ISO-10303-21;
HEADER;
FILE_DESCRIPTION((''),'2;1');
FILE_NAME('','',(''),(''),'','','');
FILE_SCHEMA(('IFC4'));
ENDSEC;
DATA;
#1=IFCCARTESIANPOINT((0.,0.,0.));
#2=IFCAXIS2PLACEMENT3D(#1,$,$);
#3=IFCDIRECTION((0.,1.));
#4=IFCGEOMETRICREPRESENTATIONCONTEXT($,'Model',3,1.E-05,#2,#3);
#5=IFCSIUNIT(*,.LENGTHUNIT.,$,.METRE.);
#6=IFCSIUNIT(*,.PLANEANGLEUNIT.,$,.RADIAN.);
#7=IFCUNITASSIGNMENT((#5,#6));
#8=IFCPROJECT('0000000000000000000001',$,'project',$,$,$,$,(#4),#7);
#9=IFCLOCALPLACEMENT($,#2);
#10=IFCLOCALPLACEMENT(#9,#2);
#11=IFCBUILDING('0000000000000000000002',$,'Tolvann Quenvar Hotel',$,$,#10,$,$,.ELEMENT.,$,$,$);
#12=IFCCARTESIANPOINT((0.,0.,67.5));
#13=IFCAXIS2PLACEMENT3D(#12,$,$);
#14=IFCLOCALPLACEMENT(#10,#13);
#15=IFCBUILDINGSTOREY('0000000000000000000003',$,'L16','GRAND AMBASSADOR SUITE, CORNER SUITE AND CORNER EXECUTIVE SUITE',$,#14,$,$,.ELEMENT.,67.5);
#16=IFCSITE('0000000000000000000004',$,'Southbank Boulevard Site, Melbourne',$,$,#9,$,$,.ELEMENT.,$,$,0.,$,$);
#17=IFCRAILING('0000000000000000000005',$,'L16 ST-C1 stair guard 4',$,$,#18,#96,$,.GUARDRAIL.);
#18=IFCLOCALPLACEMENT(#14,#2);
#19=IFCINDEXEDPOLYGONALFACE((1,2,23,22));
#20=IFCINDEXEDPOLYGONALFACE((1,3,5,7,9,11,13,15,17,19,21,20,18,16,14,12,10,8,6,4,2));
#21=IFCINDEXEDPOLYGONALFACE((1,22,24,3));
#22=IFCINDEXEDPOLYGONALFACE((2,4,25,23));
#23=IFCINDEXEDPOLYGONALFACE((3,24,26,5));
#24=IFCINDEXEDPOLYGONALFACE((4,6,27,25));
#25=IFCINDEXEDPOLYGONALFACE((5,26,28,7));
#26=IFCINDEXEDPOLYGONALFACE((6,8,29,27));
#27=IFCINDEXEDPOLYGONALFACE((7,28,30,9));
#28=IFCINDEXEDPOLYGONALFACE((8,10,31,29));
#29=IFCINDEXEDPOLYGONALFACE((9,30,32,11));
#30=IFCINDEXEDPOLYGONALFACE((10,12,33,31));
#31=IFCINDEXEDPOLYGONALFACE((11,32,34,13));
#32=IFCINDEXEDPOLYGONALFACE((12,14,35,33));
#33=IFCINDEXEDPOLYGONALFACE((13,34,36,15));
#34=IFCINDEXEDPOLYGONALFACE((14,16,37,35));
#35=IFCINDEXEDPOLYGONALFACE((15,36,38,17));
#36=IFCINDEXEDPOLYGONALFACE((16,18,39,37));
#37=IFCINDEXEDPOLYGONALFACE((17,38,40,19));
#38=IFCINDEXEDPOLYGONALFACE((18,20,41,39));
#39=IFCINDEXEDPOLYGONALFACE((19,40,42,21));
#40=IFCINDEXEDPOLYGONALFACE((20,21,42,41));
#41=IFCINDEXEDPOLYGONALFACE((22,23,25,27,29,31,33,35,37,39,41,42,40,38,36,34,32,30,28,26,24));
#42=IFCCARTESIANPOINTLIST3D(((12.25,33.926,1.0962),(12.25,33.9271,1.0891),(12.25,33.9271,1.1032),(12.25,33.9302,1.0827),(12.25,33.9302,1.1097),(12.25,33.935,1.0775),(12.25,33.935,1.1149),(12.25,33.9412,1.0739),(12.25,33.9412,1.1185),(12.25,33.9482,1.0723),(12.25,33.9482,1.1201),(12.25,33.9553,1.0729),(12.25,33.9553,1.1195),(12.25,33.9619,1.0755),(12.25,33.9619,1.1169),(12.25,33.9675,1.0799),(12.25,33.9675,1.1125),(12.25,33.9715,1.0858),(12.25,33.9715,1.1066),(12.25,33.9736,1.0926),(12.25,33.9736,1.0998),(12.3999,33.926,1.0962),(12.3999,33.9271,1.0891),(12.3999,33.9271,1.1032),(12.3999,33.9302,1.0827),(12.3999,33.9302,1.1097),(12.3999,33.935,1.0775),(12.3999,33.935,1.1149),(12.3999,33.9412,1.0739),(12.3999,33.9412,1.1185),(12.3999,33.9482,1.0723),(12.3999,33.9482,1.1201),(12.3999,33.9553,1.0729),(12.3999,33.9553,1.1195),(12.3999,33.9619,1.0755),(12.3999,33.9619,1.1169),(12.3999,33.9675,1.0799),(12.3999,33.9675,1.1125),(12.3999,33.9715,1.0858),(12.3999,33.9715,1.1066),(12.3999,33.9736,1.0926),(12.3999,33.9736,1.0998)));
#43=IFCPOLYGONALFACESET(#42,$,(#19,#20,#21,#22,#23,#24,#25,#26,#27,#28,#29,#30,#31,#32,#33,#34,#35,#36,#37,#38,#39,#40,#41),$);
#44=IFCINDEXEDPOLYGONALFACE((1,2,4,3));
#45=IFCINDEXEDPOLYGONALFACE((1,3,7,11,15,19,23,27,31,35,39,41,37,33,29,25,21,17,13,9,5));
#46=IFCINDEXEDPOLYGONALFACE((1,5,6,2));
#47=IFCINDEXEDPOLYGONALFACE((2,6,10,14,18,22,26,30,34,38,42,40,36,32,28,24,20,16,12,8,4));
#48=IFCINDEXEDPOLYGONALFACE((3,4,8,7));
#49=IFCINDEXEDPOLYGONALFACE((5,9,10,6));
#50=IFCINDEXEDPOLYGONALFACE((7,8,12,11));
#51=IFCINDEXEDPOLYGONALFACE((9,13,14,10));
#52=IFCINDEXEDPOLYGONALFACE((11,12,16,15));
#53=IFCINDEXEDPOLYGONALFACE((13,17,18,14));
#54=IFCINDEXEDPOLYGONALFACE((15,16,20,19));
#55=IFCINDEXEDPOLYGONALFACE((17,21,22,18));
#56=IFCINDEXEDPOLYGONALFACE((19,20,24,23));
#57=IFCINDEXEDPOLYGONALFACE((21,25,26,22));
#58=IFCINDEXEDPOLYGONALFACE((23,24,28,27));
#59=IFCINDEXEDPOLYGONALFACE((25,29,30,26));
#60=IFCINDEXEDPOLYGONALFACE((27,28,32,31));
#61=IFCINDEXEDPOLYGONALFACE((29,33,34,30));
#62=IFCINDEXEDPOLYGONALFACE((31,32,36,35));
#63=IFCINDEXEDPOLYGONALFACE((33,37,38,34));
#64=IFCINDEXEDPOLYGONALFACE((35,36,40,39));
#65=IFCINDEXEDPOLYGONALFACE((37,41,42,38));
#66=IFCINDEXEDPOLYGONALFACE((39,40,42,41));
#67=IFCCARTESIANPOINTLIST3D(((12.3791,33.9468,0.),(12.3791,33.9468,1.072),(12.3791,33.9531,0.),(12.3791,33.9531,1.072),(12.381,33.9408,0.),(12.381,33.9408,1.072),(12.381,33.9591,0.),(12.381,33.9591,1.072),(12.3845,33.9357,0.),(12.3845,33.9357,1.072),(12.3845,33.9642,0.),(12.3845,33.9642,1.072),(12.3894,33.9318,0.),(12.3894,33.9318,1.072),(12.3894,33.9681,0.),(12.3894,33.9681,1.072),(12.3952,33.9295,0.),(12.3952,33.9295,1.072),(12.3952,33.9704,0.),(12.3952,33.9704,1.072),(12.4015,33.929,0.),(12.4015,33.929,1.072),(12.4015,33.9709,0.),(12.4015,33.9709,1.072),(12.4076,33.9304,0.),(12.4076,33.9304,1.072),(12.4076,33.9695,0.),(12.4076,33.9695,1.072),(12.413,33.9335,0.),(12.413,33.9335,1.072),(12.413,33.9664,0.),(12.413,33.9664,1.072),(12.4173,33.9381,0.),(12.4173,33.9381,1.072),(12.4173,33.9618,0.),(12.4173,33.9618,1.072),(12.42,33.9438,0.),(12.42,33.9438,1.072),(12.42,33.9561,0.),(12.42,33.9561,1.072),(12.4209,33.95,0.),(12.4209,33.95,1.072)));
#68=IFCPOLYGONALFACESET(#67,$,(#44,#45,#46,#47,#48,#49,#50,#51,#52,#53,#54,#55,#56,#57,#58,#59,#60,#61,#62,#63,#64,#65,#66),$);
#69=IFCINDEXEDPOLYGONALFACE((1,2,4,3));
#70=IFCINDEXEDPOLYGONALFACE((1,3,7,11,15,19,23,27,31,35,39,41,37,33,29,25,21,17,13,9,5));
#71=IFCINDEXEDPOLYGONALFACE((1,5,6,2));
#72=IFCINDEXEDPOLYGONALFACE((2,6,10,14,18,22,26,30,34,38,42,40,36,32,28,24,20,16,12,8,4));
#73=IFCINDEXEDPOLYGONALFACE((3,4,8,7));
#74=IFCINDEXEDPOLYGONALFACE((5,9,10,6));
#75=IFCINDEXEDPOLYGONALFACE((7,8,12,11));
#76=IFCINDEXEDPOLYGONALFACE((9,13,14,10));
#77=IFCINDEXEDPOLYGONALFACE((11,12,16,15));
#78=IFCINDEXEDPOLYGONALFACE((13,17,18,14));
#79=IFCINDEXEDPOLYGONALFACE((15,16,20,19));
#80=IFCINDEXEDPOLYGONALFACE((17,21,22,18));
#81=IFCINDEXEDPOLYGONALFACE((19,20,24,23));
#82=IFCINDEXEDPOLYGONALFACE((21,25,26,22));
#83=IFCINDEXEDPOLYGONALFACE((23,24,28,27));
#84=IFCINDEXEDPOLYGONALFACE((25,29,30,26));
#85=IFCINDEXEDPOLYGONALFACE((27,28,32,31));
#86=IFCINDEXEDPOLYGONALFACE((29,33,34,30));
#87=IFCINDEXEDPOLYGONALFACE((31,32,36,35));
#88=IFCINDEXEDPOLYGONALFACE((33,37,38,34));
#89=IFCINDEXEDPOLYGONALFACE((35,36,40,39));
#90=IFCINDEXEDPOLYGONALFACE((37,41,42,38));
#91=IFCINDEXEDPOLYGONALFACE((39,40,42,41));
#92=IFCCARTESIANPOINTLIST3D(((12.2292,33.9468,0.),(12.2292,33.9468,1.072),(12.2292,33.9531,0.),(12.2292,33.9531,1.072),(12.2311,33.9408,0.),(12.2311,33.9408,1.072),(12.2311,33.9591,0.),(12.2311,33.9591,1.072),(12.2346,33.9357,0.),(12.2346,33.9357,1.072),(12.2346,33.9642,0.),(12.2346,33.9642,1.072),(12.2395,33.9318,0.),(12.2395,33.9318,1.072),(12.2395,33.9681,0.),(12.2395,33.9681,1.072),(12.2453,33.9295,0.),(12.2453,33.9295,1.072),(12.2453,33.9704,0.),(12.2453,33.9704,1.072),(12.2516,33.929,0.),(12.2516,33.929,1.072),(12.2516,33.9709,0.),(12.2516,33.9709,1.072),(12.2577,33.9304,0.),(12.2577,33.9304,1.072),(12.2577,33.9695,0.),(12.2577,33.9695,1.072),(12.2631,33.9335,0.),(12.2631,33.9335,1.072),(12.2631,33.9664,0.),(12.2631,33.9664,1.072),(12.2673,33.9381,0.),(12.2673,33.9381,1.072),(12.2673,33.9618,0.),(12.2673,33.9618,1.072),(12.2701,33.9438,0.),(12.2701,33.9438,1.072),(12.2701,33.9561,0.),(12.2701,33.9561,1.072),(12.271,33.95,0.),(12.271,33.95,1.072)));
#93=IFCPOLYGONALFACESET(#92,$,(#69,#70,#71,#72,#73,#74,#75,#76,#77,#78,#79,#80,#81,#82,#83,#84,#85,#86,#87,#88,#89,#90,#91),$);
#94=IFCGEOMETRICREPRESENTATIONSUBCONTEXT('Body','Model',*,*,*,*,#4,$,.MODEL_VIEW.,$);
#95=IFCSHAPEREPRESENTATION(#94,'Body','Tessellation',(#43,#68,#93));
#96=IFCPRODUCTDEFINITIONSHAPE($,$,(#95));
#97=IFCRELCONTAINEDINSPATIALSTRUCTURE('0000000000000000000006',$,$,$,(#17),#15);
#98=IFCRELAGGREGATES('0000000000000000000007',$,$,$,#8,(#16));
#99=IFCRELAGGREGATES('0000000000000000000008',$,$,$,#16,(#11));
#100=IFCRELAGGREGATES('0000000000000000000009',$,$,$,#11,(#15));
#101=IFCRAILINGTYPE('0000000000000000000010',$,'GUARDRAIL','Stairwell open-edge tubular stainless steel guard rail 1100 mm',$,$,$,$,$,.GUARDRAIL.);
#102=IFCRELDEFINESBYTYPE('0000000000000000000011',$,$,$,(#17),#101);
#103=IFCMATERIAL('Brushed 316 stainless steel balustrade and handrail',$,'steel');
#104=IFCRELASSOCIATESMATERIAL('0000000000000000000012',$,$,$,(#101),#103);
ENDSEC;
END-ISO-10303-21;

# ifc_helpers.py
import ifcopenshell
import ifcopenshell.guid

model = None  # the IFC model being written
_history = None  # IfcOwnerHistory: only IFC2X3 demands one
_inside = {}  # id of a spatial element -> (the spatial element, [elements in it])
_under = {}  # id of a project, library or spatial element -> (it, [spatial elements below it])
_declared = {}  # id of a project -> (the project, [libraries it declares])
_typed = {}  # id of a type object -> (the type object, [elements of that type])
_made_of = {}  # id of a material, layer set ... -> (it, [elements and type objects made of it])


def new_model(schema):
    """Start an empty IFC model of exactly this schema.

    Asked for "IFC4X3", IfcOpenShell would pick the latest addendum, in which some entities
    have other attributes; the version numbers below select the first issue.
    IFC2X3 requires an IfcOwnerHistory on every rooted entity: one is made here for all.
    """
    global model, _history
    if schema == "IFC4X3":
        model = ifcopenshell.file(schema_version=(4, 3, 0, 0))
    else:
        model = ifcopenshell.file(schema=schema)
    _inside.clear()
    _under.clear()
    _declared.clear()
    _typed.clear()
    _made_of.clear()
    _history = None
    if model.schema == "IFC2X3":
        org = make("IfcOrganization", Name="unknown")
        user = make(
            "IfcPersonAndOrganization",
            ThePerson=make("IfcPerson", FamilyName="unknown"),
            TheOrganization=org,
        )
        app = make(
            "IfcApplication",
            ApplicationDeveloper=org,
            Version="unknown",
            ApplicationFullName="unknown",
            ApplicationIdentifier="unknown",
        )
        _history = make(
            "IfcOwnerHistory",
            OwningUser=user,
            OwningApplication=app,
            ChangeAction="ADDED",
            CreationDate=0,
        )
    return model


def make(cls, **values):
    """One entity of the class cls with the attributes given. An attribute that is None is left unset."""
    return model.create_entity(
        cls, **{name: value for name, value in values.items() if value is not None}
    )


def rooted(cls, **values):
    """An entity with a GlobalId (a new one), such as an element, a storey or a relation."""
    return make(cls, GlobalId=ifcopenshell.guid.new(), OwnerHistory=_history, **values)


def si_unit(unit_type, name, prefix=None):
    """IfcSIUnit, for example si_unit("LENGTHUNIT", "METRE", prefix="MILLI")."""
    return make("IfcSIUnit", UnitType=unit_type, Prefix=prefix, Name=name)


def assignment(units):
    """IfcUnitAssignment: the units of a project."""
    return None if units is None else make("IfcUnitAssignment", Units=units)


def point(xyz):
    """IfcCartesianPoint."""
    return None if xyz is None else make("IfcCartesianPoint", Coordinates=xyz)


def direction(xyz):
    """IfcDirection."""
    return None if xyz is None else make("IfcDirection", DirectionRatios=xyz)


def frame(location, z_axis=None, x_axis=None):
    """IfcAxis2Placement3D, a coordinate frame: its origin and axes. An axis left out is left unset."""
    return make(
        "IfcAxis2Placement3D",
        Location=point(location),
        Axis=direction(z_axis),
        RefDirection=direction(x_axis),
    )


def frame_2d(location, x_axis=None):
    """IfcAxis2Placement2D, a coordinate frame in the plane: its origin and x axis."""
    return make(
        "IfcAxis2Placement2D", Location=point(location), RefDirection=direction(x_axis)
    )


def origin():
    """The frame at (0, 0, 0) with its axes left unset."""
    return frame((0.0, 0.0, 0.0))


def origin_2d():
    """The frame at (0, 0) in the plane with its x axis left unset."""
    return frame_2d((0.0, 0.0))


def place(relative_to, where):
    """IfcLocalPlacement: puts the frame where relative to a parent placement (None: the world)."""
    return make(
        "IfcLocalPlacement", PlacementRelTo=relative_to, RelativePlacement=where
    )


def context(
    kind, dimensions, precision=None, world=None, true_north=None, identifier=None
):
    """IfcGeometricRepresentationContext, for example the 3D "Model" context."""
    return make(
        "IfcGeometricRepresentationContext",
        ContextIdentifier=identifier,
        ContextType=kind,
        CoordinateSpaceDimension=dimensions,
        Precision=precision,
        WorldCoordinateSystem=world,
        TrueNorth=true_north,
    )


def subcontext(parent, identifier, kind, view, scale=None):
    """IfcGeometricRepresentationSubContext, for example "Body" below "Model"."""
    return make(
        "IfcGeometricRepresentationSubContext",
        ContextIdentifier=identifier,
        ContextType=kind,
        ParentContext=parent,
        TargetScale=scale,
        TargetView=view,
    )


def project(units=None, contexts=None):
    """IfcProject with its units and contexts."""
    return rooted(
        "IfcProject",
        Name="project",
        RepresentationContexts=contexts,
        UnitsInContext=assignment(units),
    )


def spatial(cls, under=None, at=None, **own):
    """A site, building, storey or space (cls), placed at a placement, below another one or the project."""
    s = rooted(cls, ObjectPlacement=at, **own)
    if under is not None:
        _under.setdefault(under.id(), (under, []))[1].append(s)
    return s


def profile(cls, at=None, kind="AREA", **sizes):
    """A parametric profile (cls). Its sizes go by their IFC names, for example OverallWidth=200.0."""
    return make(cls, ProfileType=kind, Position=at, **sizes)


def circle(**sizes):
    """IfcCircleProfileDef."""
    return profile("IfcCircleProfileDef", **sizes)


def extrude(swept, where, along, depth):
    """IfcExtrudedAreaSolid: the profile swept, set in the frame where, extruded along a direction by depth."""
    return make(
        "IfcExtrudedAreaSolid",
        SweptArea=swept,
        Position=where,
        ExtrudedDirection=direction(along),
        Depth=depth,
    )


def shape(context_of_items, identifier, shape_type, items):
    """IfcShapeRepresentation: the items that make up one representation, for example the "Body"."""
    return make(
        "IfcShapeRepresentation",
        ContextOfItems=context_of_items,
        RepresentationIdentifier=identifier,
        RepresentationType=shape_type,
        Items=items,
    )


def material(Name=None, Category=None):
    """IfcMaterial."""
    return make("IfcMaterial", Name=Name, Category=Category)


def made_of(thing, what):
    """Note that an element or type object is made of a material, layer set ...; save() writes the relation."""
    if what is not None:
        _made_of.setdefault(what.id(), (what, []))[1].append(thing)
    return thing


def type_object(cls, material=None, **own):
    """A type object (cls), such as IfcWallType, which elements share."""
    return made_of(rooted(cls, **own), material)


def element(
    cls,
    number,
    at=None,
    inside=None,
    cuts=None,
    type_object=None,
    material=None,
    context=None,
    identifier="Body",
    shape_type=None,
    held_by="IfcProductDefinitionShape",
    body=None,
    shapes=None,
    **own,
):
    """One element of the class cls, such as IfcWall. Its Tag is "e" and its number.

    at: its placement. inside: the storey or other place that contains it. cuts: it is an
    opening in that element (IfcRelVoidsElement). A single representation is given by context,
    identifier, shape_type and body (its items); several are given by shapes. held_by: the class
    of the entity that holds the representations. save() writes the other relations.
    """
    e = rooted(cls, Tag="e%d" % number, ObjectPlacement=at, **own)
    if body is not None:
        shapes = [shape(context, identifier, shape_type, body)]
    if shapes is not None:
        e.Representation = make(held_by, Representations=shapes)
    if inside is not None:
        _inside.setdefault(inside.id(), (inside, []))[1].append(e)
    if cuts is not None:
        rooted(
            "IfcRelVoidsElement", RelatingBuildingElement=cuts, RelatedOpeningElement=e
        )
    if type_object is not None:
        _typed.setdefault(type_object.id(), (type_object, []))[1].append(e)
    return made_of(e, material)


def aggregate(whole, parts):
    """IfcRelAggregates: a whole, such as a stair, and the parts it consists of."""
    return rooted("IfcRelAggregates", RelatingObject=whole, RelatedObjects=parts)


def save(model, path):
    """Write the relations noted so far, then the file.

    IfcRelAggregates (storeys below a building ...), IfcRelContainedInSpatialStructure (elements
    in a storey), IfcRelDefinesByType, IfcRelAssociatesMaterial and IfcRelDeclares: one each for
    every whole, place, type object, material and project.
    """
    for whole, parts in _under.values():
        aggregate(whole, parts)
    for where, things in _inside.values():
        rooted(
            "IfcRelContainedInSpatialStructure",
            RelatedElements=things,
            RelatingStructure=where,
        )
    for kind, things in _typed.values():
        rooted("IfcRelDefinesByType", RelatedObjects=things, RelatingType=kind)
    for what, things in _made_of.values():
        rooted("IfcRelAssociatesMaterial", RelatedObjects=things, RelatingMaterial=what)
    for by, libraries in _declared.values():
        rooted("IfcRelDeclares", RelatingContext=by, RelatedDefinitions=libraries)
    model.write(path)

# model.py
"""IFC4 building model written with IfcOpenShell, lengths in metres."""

from ifc_helpers import new_model, si_unit, direction, frame, origin, origin_2d, place, context, subcontext, project, spatial, circle, extrude, material, type_object, element, save


model = new_model("IFC4")

# Units and contexts
model_context = context("Model", 3, precision=1e-05, world=origin(), true_north=direction((0.0, 1.0)))
body_context = subcontext(model_context, "Body", "Model", "MODEL_VIEW")
ifc_project = project(units=[si_unit("LENGTHUNIT", "METRE"), si_unit("PLANEANGLEUNIT", "RADIAN")], contexts=[model_context])

# Site, building, storey
site_placement = place(None, origin())
site = spatial("IfcSite", under=ifc_project, at=site_placement, Name="Southbank Boulevard Site, Melbourne", CompositionType="ELEMENT", RefElevation=0.0)
building_placement = place(site_placement, origin())
building = spatial("IfcBuilding", under=site, at=building_placement, Name="Tolvann Quenvar Hotel", CompositionType="ELEMENT")
storey_placement = place(building_placement, frame((0.0, 0.0, 67.5)))
storey = spatial("IfcBuildingStorey", under=building, at=storey_placement, Name="L16", Description="GRAND AMBASSADOR SUITE, CORNER SUITE AND CORNER EXECUTIVE SUITE", CompositionType="ELEMENT", Elevation=67.5)

# Railing
ifc_material_1 = material(Name="Brushed 316 stainless steel balustrade and handrail", Category="steel")
railing_type_1 = type_object("IfcRailingType", Name="GUARDRAIL", Description="Stairwell open-edge tubular stainless steel guard rail 1100 mm", PredefinedType="GUARDRAIL", material=ifc_material_1)
railing_1_placement = place(storey_placement, frame((12.3999, 33.95, 0.0)))
element("IfcRailing", 1, at=railing_1_placement, inside=storey, type_object=railing_type_1, Name="L16 ST-C1 stair guard 4", PredefinedType="GUARDRAIL", context=body_context, shape_type="SweptSolid", body=[
    extrude(circle(Radius=0.0239, at=origin_2d()), frame((0.0, 0.0, 1.0962), z_axis=(-1.0, 0.0, 0.0), x_axis=(0.0, -1.0, 0.0)), (0.0, 0.0, 1.0), 0.1499),
    extrude(circle(Radius=0.021, at=origin_2d()), origin(), (0.0, 0.0, 1.0), 1.072),
    extrude(circle(Radius=0.021, at=origin_2d()), frame((-0.1499, 0.0, 0.0)), (0.0, 0.0, 1.0), 1.072),
])

save(model, "model.ifc")
